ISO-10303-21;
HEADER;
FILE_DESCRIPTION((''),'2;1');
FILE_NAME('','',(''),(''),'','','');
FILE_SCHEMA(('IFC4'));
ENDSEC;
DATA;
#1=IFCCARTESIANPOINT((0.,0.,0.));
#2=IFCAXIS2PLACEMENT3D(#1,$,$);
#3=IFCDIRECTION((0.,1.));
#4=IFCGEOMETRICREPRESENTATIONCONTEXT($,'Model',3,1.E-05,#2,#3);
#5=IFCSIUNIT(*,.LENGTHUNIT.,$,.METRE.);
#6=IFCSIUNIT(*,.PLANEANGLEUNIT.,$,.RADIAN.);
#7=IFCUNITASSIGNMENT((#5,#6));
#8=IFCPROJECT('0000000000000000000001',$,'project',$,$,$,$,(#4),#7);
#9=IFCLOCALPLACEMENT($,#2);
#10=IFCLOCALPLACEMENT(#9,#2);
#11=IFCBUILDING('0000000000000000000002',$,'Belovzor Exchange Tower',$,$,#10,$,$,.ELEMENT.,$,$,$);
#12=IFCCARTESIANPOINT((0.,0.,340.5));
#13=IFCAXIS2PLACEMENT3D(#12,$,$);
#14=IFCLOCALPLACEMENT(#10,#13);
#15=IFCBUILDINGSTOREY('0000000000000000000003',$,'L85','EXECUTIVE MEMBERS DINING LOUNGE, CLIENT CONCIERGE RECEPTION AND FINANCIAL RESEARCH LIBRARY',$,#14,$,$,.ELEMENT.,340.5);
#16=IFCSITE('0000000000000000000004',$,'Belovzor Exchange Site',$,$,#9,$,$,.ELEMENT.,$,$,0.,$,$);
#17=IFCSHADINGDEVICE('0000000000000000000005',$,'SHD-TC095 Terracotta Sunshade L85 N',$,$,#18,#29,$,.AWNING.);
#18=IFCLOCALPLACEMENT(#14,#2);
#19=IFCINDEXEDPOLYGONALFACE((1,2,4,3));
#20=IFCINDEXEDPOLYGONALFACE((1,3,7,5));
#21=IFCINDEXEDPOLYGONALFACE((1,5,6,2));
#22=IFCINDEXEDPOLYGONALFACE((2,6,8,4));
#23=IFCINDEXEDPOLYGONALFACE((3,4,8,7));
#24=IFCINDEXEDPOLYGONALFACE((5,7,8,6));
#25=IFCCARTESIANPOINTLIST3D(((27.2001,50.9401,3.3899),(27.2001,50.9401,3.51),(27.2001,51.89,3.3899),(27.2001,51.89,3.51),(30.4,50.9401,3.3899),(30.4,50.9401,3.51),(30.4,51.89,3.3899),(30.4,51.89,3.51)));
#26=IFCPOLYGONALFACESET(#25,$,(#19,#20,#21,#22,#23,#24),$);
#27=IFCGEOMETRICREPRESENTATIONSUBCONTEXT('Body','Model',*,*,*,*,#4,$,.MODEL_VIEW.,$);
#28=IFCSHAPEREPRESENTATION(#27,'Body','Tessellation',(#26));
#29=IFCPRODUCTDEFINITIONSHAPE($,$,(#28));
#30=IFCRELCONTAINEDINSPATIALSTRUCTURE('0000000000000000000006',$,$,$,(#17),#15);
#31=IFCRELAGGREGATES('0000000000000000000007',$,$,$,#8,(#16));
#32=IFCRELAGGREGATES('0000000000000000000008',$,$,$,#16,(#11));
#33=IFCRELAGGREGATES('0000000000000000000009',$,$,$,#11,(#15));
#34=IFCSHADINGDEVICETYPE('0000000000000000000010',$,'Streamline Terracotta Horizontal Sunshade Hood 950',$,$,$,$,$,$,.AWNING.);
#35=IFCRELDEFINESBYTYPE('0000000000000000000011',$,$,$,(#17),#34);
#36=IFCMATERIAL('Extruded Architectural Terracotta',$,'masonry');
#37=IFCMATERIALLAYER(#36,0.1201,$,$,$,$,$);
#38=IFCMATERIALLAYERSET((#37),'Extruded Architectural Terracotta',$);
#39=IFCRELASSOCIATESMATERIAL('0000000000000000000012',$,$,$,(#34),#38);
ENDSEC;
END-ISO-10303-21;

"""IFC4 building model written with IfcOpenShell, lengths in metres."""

from ifc_helpers import new_model, si_unit, direction, frame, origin, origin_2d, place, context, subcontext, project, spatial, rectangle, extrude, material, layer, layer_set, type_object, element, save


model = new_model("IFC4")

# Units and contexts
model_context = context("Model", 3, precision=1e-05, world=origin(), true_north=direction((0.0, 1.0)))
body_context = subcontext(model_context, "Body", "Model", "MODEL_VIEW")
ifc_project = project(units=[si_unit("LENGTHUNIT", "METRE"), si_unit("PLANEANGLEUNIT", "RADIAN")], contexts=[model_context])

# Site, building, storey
site_placement = place(None, origin())
site = spatial("IfcSite", under=ifc_project, at=site_placement, Name="Belovzor Exchange Site", CompositionType="ELEMENT", RefElevation=0.0)
building_placement = place(site_placement, origin())
building = spatial("IfcBuilding", under=site, at=building_placement, Name="Belovzor Exchange Tower", CompositionType="ELEMENT")
storey_placement = place(building_placement, frame((0.0, 0.0, 340.5)))
storey = spatial("IfcBuildingStorey", under=building, at=storey_placement, Name="L85", Description="EXECUTIVE MEMBERS DINING LOUNGE, CLIENT CONCIERGE RECEPTION AND FINANCIAL RESEARCH LIBRARY", CompositionType="ELEMENT", Elevation=340.5)

# Shading device
ifc_material_1 = material(Name="Extruded Architectural Terracotta", Category="masonry")
ifc_layer_1 = layer(ifc_material_1, 0.1201)
ifc_layer_set_1 = layer_set([ifc_layer_1], Name="Extruded Architectural Terracotta")
shading_device_type = type_object("IfcShadingDeviceType", Name="Streamline Terracotta Horizontal Sunshade Hood 950", PredefinedType="AWNING", material=ifc_layer_set_1)
shading_device_placement = place(storey_placement, frame((28.8, 51.415, 3.3899), z_axis=(0.0, 0.0, 1.0), x_axis=(1.0, 0.0, 0.0)))
element("IfcShadingDevice", 1, at=shading_device_placement, inside=storey, type_object=shading_device_type, Name="SHD-TC095 Terracotta Sunshade L85 N", PredefinedType="AWNING", context=body_context, shape_type="SweptSolid", body=[
    extrude(rectangle(XDim=3.2, YDim=0.95, at=origin_2d()), origin(), (0.0, 0.0, 1.0), 0.1201),
])

save(model, "model.ifc")
